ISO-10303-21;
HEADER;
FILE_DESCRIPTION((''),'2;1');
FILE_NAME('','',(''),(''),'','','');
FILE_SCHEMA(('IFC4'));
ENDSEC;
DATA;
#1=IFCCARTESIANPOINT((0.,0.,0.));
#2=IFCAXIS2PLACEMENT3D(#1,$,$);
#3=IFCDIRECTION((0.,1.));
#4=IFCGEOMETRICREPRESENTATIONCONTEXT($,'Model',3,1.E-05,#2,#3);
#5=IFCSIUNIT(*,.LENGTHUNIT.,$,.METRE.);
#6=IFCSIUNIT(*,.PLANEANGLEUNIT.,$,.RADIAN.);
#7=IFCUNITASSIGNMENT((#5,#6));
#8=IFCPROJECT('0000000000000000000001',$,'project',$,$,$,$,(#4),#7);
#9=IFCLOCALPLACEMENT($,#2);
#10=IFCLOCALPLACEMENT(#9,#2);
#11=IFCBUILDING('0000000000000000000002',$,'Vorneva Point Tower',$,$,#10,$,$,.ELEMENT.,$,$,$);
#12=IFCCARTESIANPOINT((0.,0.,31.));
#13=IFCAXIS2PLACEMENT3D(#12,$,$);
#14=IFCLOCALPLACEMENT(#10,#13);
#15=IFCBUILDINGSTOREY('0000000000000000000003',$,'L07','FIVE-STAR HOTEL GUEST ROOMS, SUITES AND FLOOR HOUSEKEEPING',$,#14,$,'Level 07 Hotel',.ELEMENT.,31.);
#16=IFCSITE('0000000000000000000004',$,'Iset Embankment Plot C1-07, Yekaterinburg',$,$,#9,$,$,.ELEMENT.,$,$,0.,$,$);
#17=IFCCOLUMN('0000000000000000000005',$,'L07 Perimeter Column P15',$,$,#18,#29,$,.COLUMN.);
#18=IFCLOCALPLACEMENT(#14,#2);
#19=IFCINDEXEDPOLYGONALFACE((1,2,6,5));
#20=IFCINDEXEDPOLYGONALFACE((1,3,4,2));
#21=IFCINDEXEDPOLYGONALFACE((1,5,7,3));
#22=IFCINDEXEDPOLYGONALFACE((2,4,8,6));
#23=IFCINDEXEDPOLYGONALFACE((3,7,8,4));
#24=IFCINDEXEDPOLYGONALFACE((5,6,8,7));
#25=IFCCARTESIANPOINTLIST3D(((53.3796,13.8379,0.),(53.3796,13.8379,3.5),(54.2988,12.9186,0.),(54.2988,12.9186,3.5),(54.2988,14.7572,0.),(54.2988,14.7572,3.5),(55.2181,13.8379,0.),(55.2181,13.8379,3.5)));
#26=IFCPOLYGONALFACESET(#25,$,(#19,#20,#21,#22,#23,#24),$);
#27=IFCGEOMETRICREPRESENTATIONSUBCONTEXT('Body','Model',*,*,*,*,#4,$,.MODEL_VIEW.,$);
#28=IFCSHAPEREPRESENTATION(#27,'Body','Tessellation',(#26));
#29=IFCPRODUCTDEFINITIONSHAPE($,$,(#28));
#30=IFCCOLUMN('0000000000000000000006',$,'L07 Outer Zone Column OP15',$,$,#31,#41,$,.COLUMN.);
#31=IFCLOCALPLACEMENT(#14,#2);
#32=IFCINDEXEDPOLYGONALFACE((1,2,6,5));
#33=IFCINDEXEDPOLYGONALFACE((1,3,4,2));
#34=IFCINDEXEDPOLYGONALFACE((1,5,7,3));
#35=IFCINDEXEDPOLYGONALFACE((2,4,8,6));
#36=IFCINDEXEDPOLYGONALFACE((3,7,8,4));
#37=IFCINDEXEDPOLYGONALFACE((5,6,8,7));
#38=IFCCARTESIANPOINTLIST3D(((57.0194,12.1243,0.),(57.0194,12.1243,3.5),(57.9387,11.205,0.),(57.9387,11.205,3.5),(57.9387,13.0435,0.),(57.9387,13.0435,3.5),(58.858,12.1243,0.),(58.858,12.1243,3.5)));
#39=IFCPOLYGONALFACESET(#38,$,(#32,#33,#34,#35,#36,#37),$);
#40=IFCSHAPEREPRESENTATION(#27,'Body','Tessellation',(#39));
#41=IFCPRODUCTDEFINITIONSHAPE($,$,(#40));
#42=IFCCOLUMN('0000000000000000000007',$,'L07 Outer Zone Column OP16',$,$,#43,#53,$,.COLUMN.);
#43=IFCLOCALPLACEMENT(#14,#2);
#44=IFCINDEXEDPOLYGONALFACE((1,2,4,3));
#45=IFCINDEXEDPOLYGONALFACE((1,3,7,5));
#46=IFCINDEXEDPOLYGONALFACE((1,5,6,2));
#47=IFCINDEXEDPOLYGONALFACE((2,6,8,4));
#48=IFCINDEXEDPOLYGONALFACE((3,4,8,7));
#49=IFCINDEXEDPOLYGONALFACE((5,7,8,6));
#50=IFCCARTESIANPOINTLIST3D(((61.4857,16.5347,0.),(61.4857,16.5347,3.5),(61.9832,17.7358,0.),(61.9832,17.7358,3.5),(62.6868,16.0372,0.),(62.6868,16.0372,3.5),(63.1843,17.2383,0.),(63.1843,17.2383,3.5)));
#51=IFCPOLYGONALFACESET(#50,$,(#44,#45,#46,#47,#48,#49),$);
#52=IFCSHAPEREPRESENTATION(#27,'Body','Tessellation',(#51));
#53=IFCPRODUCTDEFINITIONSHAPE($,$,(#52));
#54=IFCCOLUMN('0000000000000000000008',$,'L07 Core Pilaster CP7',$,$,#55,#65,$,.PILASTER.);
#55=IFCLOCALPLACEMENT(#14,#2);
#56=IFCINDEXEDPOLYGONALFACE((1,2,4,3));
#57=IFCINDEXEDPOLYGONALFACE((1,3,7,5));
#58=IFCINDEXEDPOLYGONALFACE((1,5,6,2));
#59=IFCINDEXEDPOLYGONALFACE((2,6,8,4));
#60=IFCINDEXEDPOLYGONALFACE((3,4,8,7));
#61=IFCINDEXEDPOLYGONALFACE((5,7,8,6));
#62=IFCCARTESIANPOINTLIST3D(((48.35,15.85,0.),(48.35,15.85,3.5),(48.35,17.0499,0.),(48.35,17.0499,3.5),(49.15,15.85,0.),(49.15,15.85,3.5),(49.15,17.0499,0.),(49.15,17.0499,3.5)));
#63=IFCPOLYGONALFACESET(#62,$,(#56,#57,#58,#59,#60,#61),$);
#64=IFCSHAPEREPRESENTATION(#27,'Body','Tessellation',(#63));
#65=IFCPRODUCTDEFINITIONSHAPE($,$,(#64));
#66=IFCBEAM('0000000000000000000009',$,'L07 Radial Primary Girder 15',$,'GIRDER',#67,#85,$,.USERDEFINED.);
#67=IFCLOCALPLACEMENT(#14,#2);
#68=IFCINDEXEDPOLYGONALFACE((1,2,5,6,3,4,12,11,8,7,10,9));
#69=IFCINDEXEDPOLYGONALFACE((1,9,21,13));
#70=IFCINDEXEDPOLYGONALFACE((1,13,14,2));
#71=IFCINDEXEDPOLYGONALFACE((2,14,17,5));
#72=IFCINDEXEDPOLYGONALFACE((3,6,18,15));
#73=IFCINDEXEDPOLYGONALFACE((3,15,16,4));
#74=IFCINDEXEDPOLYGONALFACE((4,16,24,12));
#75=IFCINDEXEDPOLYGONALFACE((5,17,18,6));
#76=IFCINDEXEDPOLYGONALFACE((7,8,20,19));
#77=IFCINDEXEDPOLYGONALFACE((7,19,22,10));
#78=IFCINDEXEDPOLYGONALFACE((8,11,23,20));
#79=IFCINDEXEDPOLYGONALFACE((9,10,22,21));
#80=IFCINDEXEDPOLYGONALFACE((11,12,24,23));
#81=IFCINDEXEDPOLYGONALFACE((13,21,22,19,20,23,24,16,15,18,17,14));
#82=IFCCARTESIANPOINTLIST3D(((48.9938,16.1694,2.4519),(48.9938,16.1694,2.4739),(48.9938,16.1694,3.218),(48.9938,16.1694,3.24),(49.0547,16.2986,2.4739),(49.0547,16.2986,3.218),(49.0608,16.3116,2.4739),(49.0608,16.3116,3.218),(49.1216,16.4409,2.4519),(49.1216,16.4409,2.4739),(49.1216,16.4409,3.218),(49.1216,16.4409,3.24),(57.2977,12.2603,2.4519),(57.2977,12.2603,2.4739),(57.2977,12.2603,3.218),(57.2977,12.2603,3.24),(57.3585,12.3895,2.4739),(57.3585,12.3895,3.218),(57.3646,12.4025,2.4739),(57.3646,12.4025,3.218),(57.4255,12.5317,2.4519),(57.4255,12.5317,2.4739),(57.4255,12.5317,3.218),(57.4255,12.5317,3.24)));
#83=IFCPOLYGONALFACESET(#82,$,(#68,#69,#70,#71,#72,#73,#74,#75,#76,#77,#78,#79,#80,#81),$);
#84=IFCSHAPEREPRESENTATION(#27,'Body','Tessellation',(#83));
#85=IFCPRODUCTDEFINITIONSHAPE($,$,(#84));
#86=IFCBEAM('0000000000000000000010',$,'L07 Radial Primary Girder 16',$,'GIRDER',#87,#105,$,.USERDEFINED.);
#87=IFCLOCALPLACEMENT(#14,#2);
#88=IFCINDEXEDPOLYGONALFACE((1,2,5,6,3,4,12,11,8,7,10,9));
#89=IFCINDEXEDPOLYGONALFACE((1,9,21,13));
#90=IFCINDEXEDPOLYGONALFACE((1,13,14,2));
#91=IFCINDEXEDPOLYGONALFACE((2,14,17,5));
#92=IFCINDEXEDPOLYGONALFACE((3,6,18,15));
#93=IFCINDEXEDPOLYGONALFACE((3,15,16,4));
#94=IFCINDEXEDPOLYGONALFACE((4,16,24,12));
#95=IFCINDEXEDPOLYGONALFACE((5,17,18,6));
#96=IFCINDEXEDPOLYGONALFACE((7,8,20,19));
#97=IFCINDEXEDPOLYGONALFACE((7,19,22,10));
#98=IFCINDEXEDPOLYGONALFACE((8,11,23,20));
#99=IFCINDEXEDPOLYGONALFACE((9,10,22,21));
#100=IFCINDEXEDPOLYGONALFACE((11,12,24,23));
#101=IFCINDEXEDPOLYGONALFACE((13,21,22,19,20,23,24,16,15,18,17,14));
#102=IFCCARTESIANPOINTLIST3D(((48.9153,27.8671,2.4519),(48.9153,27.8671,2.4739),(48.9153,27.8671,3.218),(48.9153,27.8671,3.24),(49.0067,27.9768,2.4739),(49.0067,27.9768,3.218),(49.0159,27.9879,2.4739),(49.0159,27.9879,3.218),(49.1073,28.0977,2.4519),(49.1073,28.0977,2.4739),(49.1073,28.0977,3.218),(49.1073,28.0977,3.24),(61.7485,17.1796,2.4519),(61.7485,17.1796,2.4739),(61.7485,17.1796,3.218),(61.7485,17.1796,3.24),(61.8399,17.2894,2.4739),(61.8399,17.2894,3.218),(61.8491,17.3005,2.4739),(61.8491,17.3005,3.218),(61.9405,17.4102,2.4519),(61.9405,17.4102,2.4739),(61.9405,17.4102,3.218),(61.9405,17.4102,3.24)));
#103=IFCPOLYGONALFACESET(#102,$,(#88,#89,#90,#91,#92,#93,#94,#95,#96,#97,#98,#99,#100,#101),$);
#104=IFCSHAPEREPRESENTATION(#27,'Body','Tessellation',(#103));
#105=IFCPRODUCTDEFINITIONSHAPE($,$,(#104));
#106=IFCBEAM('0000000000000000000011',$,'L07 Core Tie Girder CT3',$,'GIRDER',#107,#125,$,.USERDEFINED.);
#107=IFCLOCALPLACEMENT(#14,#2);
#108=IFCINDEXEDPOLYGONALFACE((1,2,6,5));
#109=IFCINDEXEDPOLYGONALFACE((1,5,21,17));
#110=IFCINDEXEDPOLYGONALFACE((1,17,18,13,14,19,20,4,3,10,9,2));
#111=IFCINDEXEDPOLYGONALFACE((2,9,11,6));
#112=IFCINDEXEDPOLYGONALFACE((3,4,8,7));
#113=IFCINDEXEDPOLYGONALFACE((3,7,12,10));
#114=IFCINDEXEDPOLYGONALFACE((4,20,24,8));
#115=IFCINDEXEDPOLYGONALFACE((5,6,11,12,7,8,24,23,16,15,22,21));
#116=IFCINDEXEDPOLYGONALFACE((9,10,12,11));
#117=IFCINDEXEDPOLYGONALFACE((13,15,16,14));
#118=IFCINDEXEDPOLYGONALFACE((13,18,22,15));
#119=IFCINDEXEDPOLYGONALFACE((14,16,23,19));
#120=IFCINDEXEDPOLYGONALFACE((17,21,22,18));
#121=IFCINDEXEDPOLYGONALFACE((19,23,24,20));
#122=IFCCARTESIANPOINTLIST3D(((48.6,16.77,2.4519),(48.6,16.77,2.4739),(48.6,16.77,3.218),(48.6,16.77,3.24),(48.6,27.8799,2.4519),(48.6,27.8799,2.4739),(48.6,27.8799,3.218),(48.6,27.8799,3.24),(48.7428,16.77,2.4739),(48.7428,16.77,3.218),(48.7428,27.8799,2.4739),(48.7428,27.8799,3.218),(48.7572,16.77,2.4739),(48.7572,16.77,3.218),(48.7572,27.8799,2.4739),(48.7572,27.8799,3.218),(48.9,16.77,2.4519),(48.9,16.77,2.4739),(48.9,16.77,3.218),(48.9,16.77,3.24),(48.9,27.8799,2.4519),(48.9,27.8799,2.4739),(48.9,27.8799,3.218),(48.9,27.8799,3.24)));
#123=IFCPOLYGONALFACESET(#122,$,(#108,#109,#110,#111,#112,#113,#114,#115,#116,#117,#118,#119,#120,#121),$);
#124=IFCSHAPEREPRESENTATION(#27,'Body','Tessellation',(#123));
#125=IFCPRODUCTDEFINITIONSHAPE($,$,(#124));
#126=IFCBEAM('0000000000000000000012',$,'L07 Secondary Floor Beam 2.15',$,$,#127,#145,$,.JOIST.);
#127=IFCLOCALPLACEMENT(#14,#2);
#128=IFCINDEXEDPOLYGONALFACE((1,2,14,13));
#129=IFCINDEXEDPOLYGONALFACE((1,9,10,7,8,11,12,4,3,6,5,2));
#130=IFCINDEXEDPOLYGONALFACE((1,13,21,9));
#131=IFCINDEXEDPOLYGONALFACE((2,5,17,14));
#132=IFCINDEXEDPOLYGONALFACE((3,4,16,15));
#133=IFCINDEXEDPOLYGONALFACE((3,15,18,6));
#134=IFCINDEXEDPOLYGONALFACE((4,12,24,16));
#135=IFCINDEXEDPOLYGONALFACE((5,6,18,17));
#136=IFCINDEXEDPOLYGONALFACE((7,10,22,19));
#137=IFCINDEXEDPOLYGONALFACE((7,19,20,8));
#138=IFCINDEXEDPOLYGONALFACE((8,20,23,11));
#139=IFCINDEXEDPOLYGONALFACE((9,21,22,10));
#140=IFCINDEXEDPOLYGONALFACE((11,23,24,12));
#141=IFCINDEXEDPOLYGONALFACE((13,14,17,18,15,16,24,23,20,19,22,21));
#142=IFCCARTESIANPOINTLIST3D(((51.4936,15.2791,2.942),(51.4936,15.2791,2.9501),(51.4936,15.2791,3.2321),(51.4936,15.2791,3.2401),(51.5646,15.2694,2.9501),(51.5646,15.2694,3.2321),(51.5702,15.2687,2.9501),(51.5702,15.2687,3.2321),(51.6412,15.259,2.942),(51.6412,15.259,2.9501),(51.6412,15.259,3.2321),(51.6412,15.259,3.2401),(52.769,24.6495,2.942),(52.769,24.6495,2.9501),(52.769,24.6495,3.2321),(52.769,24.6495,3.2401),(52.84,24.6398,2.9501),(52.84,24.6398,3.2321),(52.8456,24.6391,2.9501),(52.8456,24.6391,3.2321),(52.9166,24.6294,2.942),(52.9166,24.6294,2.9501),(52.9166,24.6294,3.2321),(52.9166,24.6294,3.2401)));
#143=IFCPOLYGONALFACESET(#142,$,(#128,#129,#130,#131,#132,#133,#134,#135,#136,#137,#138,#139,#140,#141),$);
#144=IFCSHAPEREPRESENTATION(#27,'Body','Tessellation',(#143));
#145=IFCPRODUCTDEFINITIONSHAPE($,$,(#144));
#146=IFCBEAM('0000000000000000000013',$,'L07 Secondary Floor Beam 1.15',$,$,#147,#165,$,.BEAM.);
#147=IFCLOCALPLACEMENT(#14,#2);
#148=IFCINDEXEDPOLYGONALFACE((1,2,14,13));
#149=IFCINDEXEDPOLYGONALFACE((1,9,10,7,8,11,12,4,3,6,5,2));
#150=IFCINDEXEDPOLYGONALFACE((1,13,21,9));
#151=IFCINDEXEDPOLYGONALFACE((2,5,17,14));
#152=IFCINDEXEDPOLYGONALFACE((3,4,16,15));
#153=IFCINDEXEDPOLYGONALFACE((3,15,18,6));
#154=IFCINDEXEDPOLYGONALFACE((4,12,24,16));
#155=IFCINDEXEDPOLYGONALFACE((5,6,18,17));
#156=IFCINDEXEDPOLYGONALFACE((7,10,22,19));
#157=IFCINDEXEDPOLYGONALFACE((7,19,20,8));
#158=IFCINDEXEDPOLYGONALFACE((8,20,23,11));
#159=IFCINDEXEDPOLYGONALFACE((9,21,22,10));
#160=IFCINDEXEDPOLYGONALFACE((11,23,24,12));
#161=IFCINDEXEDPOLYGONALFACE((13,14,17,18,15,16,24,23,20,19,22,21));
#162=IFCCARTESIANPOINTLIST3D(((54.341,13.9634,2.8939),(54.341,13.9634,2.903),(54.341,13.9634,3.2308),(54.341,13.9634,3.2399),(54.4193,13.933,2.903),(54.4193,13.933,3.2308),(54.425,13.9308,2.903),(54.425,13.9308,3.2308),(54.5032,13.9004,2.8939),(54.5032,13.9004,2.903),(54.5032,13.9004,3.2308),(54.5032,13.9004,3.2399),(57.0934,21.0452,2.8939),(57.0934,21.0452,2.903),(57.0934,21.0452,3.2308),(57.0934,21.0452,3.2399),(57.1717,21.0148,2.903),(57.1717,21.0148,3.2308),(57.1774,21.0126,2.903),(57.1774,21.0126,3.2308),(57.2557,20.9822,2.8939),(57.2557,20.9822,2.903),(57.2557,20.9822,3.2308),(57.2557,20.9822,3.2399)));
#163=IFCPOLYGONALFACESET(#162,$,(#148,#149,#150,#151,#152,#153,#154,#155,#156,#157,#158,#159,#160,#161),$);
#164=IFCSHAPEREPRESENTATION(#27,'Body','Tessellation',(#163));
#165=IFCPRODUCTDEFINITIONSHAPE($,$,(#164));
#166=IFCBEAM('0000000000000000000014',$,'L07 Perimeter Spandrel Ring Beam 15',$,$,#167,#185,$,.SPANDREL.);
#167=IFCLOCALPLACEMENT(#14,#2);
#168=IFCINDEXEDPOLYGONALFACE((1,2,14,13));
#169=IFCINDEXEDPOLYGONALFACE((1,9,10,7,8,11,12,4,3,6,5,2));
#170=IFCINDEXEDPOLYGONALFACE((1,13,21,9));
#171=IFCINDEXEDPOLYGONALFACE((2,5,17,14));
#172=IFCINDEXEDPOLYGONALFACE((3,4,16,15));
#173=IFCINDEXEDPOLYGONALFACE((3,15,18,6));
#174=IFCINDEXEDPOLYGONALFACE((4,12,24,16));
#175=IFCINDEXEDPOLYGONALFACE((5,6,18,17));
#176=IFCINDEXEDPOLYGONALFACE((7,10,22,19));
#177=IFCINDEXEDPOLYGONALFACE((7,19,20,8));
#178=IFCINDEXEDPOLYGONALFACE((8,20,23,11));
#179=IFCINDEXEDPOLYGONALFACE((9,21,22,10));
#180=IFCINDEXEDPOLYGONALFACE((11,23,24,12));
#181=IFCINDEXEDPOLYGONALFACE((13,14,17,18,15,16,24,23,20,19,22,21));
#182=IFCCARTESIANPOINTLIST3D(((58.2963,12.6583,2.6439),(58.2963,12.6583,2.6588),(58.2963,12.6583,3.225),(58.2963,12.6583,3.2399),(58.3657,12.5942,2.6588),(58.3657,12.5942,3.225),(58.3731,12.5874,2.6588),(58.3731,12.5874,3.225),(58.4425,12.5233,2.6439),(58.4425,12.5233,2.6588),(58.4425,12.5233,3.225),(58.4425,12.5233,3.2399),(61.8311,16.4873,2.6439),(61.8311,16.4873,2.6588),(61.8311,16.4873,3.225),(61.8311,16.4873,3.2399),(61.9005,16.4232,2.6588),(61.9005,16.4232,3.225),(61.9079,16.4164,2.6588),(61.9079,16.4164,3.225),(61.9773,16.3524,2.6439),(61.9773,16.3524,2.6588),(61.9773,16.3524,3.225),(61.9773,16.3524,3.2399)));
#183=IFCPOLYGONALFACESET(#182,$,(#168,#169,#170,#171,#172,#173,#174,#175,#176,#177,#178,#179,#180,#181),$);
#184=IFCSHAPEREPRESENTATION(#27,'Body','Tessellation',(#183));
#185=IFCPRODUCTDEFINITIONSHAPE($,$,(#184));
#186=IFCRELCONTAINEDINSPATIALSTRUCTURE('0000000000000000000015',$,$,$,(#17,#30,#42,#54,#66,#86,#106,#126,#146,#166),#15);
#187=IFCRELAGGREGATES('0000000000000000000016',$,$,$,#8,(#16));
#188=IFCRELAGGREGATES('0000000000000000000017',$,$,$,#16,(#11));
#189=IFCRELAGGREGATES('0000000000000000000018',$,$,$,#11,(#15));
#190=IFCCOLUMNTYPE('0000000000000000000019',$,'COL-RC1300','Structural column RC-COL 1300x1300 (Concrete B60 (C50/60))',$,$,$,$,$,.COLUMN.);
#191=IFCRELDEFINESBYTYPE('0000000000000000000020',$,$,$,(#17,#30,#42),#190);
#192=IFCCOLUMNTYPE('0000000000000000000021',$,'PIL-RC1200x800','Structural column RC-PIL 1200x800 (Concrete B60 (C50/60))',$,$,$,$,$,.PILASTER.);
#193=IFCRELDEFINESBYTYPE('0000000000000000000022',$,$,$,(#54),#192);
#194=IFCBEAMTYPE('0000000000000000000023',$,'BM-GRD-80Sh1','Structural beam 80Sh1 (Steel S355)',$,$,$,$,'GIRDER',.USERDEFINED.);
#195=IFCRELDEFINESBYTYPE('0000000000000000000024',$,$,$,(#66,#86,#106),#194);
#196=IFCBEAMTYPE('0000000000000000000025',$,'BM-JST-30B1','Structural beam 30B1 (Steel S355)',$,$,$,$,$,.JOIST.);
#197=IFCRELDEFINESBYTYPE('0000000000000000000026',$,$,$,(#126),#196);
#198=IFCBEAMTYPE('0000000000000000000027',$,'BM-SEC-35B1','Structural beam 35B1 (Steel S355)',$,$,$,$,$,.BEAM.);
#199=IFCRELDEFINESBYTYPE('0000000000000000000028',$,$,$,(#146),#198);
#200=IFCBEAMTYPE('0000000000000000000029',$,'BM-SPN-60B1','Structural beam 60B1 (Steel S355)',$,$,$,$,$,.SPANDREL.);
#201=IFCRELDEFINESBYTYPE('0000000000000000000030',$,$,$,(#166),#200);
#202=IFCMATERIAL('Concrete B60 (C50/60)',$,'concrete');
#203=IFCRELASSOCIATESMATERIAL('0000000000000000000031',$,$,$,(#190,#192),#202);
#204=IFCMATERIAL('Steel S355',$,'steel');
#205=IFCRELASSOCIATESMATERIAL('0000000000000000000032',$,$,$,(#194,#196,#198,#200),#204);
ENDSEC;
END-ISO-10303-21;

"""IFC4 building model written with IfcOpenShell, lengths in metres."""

from ifc_helpers import new_model, si_unit, direction, frame, origin, origin_2d, place, context, subcontext, project, spatial, rectangle, i_section, extrude, material, material_profile, profile_set, type_object, element, save


model = new_model("IFC4")

# Units and contexts
model_context = context("Model", 3, precision=1e-05, world=origin(), true_north=direction((0.0, 1.0)))
body_context = subcontext(model_context, "Body", "Model", "MODEL_VIEW")
ifc_project = project(units=[si_unit("LENGTHUNIT", "METRE"), si_unit("PLANEANGLEUNIT", "RADIAN")], contexts=[model_context])

# Site, building, storey
site_placement = place(None, origin())
site = spatial("IfcSite", under=ifc_project, at=site_placement, Name="Iset Embankment Plot C1-07, Yekaterinburg", CompositionType="ELEMENT", RefElevation=0.0)
building_placement = place(site_placement, origin())
building = spatial("IfcBuilding", under=site, at=building_placement, Name="Vorneva Point Tower", CompositionType="ELEMENT")
storey_placement = place(building_placement, frame((0.0, 0.0, 31.0)))
storey = spatial("IfcBuildingStorey", under=building, at=storey_placement, Name="L07", Description="FIVE-STAR HOTEL GUEST ROOMS, SUITES AND FLOOR HOUSEKEEPING", LongName="Level 07 Hotel", CompositionType="ELEMENT", Elevation=31.0)

# Columns
ifc_material_1 = material(Name="Concrete B60 (C50/60)", Category="concrete")
ifc_material_profile_1 = material_profile(ifc_material_1, rectangle(XDim=1.3, YDim=1.3, at=origin_2d()), Name="RC-COL 1300x1300")
ifc_profile_set_1 = profile_set([ifc_material_profile_1], Name="Concrete B60 (C50/60)")
column_type_1 = type_object("IfcColumnType", Name="COL-RC1300", Description="Structural column RC-COL 1300x1300 (Concrete B60 (C50/60))", PredefinedType="COLUMN", material=ifc_profile_set_1)
for number, where, z_axis, x_axis, name in (
    (1, (54.2988, 13.8379, 0.0), (0.0, 0.0, 1.0), (0.707107, -0.707107, 0.0), "L07 Perimeter Column P15"),
    (2, (57.9387, 12.1243, 0.0), (0.0, 0.0, 1.0), (0.707107, -0.707107, 0.0), "L07 Outer Zone Column OP15"),
    (3, (62.335, 16.8865, 0.0), (0.0, 0.0, 1.0), (0.92388, -0.382683, 0.0), "L07 Outer Zone Column OP16"),
):
    element("IfcColumn", number, at=place(storey_placement, frame(where, z_axis=z_axis, x_axis=x_axis)), inside=storey, type_object=column_type_1, Name=name, PredefinedType="COLUMN", context=body_context, shape_type="SweptSolid", body=[
        extrude(rectangle(XDim=1.3, YDim=1.3, at=origin_2d()), origin(), (0.0, 0.0, 1.0), 3.5),
    ])
ifc_material_profile_2 = material_profile(ifc_material_1, rectangle(XDim=0.8, YDim=1.2, at=origin_2d()), Name="RC-PIL 1200x800")
ifc_profile_set_2 = profile_set([ifc_material_profile_2], Name="Concrete B60 (C50/60)")
column_type_2 = type_object("IfcColumnType", Name="PIL-RC1200x800", Description="Structural column RC-PIL 1200x800 (Concrete B60 (C50/60))", PredefinedType="PILASTER", material=ifc_profile_set_2)
column_placement = place(storey_placement, frame((48.75, 16.45, 0.0), z_axis=(0.0, 0.0, 1.0), x_axis=(1.0, 0.0, 0.0)))
element("IfcColumn", 4, at=column_placement, inside=storey, type_object=column_type_2, Name="L07 Core Pilaster CP7", PredefinedType="PILASTER", context=body_context, shape_type="SweptSolid", body=[
    extrude(rectangle(XDim=0.8, YDim=1.2, at=origin_2d()), origin(), (0.0, 0.0, 1.0), 3.5),
])

# Beams
ifc_material_2 = material(Name="Steel S355", Category="steel")
ifc_material_profile_3 = material_profile(ifc_material_2, i_section(OverallWidth=0.3, OverallDepth=0.7881, WebThickness=0.0144, FlangeThickness=0.022, at=origin_2d()), Name="80Sh1")
ifc_profile_set_3 = profile_set([ifc_material_profile_3], Name="Steel S355")
beam_type_1 = type_object("IfcBeamType", Name="BM-GRD-80Sh1", Description="Structural beam 80Sh1 (Steel S355)", ElementType="GIRDER", PredefinedType="USERDEFINED", material=ifc_profile_set_3)
beam_1_placement = place(storey_placement, frame((57.3616, 12.396, 2.8459), z_axis=(-0.904758, 0.425925, 0.0), x_axis=(-0.425925, -0.904758, 0.0)))
element("IfcBeam", 5, at=beam_1_placement, inside=storey, type_object=beam_type_1, Name="L07 Radial Primary Girder 15", ObjectType="GIRDER", PredefinedType="USERDEFINED", context=body_context, shape_type="SweptSolid", body=[
    extrude(i_section(OverallWidth=0.3, OverallDepth=0.7881, WebThickness=0.0144, FlangeThickness=0.022, at=origin_2d()), origin(), (0.0, 0.0, 1.0), 9.178),
])
beam_2_placement = place(storey_placement, frame((61.8445, 17.2949, 2.8459), z_axis=(-0.768424, 0.639941, 0.0), x_axis=(-0.639941, -0.768424, 0.0)))
element("IfcBeam", 6, at=beam_2_placement, inside=storey, type_object=beam_type_1, Name="L07 Radial Primary Girder 16", ObjectType="GIRDER", PredefinedType="USERDEFINED", context=body_context, shape_type="SweptSolid", body=[
    extrude(i_section(OverallWidth=0.3, OverallDepth=0.7881, WebThickness=0.0144, FlangeThickness=0.022, at=origin_2d()), origin(), (0.0, 0.0, 1.0), 16.7007),
])
beam_3_placement = place(storey_placement, frame((48.75, 16.77, 2.8459), z_axis=(0.0, 1.0, 0.0), x_axis=(-1.0, 0.0, 0.0)))
element("IfcBeam", 7, at=beam_3_placement, inside=storey, type_object=beam_type_1, Name="L07 Core Tie Girder CT3", ObjectType="GIRDER", PredefinedType="USERDEFINED", context=body_context, shape_type="SweptSolid", body=[
    extrude(i_section(OverallWidth=0.3, OverallDepth=0.7881, WebThickness=0.0144, FlangeThickness=0.022, at=origin_2d()), origin(), (0.0, 0.0, 1.0), 11.1099),
])
ifc_material_profile_4 = material_profile(ifc_material_2, i_section(OverallWidth=0.1489, OverallDepth=0.2981, WebThickness=0.0056, FlangeThickness=0.0081, at=origin_2d()), Name="30B1")
ifc_profile_set_4 = profile_set([ifc_material_profile_4], Name="Steel S355")
beam_type_2 = type_object("IfcBeamType", Name="BM-JST-30B1", Description="Structural beam 30B1 (Steel S355)", PredefinedType="JOIST", material=ifc_profile_set_4)
beam_4_placement = place(storey_placement, frame((51.5674, 15.269, 3.0911), z_axis=(0.134866, 0.990864, 0.0), x_axis=(-0.990864, 0.134866, 0.0)))
element("IfcBeam", 8, at=beam_4_placement, inside=storey, type_object=beam_type_2, Name="L07 Secondary Floor Beam 2.15", PredefinedType="JOIST", context=body_context, shape_type="SweptSolid", body=[
    extrude(i_section(OverallWidth=0.1489, OverallDepth=0.2981, WebThickness=0.0056, FlangeThickness=0.0081, at=origin_2d()), origin(), (0.0, 0.0, 1.0), 9.4568),
])
ifc_material_profile_5 = material_profile(ifc_material_2, i_section(OverallWidth=0.1741, OverallDepth=0.3459, WebThickness=0.0061, FlangeThickness=0.009, at=origin_2d()), Name="35B1")
ifc_profile_set_5 = profile_set([ifc_material_profile_5], Name="Steel S355")
beam_type_3 = type_object("IfcBeamType", Name="BM-SEC-35B1", Description="Structural beam 35B1 (Steel S355)", PredefinedType="BEAM", material=ifc_profile_set_5)
beam_5_placement = place(storey_placement, frame((54.4221, 13.9319, 3.0669), z_axis=(0.362265, 0.932075, 0.0), x_axis=(-0.932075, 0.362265, 0.0)))
element("IfcBeam", 9, at=beam_5_placement, inside=storey, type_object=beam_type_3, Name="L07 Secondary Floor Beam 1.15", PredefinedType="BEAM", context=body_context, shape_type="SweptSolid", body=[
    extrude(i_section(OverallWidth=0.1741, OverallDepth=0.3459, WebThickness=0.0061, FlangeThickness=0.009, at=origin_2d()), origin(), (0.0, 0.0, 1.0), 7.5979),
])
ifc_material_profile_6 = material_profile(ifc_material_2, i_section(OverallWidth=0.199, OverallDepth=0.5959, WebThickness=0.01, FlangeThickness=0.0149, at=origin_2d()), Name="60B1")
ifc_profile_set_6 = profile_set([ifc_material_profile_6], Name="Steel S355")
beam_type_4 = type_object("IfcBeamType", Name="BM-SPN-60B1", Description="Structural beam 60B1 (Steel S355)", PredefinedType="SPANDREL", material=ifc_profile_set_6)
beam_6_placement = place(storey_placement, frame((58.3694, 12.5908, 2.9419), z_axis=(0.678317, 0.734769, 0.0), x_axis=(-0.734769, 0.678317, 0.0)))
element("IfcBeam", 10, at=beam_6_placement, inside=storey, type_object=beam_type_4, Name="L07 Perimeter Spandrel Ring Beam 15", PredefinedType="SPANDREL", context=body_context, shape_type="SweptSolid", body=[
    extrude(i_section(OverallWidth=0.199, OverallDepth=0.5959, WebThickness=0.01, FlangeThickness=0.0149, at=origin_2d()), origin(), (0.0, 0.0, 1.0), 5.2112),
])

save(model, "model.ifc")
